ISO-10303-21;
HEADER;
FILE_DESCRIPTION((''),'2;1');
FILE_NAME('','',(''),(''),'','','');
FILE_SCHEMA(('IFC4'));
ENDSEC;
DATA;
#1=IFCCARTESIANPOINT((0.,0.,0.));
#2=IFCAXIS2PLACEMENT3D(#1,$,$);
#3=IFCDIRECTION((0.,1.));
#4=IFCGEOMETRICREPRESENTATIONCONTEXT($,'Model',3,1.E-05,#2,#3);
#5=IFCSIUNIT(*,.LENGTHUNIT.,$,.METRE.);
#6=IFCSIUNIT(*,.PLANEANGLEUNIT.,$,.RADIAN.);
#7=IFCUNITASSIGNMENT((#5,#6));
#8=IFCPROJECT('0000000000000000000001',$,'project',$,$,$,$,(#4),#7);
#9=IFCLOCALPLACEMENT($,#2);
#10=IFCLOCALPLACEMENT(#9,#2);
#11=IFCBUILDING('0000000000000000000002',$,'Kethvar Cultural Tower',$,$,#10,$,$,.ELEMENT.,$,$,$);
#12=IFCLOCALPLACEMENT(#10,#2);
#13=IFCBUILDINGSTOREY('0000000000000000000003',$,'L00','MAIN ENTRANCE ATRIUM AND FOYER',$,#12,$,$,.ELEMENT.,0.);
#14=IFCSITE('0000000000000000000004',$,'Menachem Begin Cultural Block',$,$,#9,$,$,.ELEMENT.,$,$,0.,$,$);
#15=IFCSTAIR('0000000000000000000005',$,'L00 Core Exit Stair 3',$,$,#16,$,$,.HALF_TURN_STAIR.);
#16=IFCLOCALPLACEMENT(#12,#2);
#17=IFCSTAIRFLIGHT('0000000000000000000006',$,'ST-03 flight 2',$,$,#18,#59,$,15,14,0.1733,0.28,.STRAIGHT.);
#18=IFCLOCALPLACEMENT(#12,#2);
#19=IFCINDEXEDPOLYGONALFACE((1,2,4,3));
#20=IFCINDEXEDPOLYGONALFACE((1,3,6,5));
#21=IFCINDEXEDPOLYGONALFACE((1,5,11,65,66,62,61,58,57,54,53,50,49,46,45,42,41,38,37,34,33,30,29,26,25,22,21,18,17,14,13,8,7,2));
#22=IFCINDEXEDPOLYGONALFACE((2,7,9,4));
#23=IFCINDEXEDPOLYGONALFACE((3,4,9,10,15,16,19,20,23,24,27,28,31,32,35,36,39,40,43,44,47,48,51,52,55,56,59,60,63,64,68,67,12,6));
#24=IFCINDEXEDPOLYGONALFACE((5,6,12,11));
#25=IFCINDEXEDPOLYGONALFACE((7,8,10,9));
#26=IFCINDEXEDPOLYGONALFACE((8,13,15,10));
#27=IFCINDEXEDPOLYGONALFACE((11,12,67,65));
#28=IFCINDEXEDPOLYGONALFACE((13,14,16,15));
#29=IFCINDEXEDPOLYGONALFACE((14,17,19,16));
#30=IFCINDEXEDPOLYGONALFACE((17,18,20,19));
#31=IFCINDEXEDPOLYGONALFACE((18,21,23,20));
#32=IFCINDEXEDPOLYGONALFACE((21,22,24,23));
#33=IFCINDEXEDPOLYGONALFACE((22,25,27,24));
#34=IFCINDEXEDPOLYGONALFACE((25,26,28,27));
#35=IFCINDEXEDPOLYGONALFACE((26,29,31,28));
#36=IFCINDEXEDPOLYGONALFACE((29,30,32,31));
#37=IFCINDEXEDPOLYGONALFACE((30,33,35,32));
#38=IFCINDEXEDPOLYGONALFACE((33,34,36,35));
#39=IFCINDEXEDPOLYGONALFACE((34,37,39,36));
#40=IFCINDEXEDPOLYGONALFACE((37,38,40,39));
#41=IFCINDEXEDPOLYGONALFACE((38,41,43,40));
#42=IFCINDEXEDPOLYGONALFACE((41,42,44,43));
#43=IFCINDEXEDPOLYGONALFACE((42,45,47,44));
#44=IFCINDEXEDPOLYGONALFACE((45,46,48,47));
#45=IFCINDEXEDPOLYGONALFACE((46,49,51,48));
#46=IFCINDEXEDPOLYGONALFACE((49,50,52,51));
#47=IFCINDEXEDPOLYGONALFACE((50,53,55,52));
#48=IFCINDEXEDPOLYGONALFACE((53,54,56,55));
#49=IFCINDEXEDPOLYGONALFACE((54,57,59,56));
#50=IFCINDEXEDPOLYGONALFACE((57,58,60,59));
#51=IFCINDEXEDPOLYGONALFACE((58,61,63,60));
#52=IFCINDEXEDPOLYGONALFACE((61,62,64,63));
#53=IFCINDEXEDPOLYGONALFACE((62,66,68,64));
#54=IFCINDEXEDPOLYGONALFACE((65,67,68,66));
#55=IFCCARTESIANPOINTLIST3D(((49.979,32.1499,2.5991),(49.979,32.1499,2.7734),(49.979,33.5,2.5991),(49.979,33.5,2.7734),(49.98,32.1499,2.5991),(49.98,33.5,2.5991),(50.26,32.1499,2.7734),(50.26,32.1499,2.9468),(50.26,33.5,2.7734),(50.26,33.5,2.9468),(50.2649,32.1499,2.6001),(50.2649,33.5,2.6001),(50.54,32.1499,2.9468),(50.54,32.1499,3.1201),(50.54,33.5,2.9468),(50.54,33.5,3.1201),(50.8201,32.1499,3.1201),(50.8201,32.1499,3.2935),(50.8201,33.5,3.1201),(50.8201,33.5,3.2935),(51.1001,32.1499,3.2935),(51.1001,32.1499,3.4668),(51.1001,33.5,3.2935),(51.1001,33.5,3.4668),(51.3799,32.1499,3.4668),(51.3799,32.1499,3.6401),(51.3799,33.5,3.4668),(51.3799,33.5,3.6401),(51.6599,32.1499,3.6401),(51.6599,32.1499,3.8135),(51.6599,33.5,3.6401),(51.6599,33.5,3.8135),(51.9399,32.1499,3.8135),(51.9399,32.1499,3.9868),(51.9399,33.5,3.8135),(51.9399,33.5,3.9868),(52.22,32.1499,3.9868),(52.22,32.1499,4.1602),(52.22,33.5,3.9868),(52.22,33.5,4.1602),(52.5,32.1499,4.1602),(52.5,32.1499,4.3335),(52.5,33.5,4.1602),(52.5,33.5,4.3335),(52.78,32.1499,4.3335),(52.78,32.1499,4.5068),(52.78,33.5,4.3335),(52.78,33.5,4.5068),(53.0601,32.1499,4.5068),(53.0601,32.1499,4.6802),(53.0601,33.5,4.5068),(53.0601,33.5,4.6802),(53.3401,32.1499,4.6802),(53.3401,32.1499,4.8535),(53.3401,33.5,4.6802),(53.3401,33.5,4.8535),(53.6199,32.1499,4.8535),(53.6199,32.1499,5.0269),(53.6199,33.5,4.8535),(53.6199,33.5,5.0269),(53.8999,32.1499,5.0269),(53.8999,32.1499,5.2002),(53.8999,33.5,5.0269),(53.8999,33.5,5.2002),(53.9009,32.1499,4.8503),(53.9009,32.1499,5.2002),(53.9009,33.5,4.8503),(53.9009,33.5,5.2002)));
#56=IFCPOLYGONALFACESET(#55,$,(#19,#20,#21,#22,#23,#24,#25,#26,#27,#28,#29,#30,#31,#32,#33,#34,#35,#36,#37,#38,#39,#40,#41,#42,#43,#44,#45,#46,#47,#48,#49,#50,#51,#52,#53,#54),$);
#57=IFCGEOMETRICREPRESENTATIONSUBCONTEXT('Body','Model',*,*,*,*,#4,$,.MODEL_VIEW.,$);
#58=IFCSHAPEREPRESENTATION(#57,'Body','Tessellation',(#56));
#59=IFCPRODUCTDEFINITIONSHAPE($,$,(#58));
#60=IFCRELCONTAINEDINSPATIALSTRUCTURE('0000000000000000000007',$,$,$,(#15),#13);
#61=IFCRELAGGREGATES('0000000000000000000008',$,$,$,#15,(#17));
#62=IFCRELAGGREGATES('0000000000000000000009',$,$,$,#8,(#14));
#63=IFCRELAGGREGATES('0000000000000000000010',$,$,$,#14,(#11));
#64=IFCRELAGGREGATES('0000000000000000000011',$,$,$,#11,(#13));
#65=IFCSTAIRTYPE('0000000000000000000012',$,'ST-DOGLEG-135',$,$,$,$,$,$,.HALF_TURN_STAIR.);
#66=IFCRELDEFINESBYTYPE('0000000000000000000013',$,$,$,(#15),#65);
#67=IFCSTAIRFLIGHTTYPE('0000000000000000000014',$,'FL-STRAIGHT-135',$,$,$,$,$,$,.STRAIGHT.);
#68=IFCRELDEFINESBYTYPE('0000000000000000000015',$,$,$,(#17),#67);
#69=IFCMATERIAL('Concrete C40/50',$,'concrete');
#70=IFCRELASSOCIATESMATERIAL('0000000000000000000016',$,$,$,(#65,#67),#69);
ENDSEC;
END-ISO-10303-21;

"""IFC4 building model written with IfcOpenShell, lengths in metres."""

from ifc_helpers import new_model, si_unit, direction, frame, origin, place, context, subcontext, project, spatial, polyline, outline, extrude, material, type_object, element, aggregate, save


model = new_model("IFC4")

# Units and contexts
model_context = context("Model", 3, precision=1e-05, world=origin(), true_north=direction((0.0, 1.0)))
body_context = subcontext(model_context, "Body", "Model", "MODEL_VIEW")
ifc_project = project(units=[si_unit("LENGTHUNIT", "METRE"), si_unit("PLANEANGLEUNIT", "RADIAN")], contexts=[model_context])

# Site, building, storey
site_placement = place(None, origin())
site = spatial("IfcSite", under=ifc_project, at=site_placement, Name="Menachem Begin Cultural Block", CompositionType="ELEMENT", RefElevation=0.0)
building_placement = place(site_placement, origin())
building = spatial("IfcBuilding", under=site, at=building_placement, Name="Kethvar Cultural Tower", CompositionType="ELEMENT")
storey_placement = place(building_placement, origin())
storey = spatial("IfcBuildingStorey", under=building, at=storey_placement, Name="L00", Description="MAIN ENTRANCE ATRIUM AND FOYER", CompositionType="ELEMENT", Elevation=0.0)

# Shared definitions
ifc_material_1 = material(Name="Concrete C40/50", Category="concrete")

# Stair, stair flight
stair_type = type_object("IfcStairType", Name="ST-DOGLEG-135", PredefinedType="HALF_TURN_STAIR", material=ifc_material_1)
stair_placement = place(storey_placement, origin())
stair = element("IfcStair", 1, at=stair_placement, inside=storey, type_object=stair_type, Name="L00 Core Exit Stair 3", PredefinedType="HALF_TURN_STAIR")
stair_flight_type = type_object("IfcStairFlightType", Name="FL-STRAIGHT-135", PredefinedType="STRAIGHT", material=ifc_material_1)
stair_flight_1_placement = place(storey_placement, frame((49.98, 32.825, 2.6001), z_axis=(0.0, 0.0, 1.0), x_axis=(1.0, 0.0, 0.0)))
stair_flight_1 = element("IfcStairFlight", 2, at=stair_flight_1_placement, type_object=stair_flight_type, Name="ST-03 flight 2", NumberOfRisers=15, NumberOfTreads=14, PredefinedType="STRAIGHT", RiserHeight=0.1733, TreadLength=0.28, context=body_context, shape_type="SweptSolid", body=[
    extrude(outline(polyline([(-0.001, -0.001), (-0.001, 0.1733), (0.28, 0.1733), (0.28, 0.3467), (0.5601, 0.3467), (0.5601, 0.52), (0.8401, 0.52), (0.8401, 0.6934), (1.1201, 0.6934), (1.1201, 0.8667), (1.3999, 0.8667), (1.3999, 1.04), (1.6799, 1.04), (1.6799, 1.2134), (1.96, 1.2134), (1.96, 1.3867), (2.24, 1.3867), (2.24, 1.5601), (2.52, 1.5601), (2.52, 1.7334), (2.8, 1.7334), (2.8, 1.9067), (3.0801, 1.9067), (3.0801, 2.0801), (3.3601, 2.0801), (3.3601, 2.2534), (3.6399, 2.2534), (3.6399, 2.4268), (3.9199, 2.4268), (3.9199, 2.6001), (3.9209, 2.6001), (3.9209, 2.2502), (0.2849, 0.0), (0.0, -0.001), (-0.001, -0.001)])), frame((0.0, 0.675, 0.0), z_axis=(0.0, -1.0, 0.0), x_axis=(1.0, 0.0, 0.0)), (0.0, 0.0, 1.0), 1.3501),
])
aggregate(stair, [stair_flight_1])

save(model, "model.ifc")
